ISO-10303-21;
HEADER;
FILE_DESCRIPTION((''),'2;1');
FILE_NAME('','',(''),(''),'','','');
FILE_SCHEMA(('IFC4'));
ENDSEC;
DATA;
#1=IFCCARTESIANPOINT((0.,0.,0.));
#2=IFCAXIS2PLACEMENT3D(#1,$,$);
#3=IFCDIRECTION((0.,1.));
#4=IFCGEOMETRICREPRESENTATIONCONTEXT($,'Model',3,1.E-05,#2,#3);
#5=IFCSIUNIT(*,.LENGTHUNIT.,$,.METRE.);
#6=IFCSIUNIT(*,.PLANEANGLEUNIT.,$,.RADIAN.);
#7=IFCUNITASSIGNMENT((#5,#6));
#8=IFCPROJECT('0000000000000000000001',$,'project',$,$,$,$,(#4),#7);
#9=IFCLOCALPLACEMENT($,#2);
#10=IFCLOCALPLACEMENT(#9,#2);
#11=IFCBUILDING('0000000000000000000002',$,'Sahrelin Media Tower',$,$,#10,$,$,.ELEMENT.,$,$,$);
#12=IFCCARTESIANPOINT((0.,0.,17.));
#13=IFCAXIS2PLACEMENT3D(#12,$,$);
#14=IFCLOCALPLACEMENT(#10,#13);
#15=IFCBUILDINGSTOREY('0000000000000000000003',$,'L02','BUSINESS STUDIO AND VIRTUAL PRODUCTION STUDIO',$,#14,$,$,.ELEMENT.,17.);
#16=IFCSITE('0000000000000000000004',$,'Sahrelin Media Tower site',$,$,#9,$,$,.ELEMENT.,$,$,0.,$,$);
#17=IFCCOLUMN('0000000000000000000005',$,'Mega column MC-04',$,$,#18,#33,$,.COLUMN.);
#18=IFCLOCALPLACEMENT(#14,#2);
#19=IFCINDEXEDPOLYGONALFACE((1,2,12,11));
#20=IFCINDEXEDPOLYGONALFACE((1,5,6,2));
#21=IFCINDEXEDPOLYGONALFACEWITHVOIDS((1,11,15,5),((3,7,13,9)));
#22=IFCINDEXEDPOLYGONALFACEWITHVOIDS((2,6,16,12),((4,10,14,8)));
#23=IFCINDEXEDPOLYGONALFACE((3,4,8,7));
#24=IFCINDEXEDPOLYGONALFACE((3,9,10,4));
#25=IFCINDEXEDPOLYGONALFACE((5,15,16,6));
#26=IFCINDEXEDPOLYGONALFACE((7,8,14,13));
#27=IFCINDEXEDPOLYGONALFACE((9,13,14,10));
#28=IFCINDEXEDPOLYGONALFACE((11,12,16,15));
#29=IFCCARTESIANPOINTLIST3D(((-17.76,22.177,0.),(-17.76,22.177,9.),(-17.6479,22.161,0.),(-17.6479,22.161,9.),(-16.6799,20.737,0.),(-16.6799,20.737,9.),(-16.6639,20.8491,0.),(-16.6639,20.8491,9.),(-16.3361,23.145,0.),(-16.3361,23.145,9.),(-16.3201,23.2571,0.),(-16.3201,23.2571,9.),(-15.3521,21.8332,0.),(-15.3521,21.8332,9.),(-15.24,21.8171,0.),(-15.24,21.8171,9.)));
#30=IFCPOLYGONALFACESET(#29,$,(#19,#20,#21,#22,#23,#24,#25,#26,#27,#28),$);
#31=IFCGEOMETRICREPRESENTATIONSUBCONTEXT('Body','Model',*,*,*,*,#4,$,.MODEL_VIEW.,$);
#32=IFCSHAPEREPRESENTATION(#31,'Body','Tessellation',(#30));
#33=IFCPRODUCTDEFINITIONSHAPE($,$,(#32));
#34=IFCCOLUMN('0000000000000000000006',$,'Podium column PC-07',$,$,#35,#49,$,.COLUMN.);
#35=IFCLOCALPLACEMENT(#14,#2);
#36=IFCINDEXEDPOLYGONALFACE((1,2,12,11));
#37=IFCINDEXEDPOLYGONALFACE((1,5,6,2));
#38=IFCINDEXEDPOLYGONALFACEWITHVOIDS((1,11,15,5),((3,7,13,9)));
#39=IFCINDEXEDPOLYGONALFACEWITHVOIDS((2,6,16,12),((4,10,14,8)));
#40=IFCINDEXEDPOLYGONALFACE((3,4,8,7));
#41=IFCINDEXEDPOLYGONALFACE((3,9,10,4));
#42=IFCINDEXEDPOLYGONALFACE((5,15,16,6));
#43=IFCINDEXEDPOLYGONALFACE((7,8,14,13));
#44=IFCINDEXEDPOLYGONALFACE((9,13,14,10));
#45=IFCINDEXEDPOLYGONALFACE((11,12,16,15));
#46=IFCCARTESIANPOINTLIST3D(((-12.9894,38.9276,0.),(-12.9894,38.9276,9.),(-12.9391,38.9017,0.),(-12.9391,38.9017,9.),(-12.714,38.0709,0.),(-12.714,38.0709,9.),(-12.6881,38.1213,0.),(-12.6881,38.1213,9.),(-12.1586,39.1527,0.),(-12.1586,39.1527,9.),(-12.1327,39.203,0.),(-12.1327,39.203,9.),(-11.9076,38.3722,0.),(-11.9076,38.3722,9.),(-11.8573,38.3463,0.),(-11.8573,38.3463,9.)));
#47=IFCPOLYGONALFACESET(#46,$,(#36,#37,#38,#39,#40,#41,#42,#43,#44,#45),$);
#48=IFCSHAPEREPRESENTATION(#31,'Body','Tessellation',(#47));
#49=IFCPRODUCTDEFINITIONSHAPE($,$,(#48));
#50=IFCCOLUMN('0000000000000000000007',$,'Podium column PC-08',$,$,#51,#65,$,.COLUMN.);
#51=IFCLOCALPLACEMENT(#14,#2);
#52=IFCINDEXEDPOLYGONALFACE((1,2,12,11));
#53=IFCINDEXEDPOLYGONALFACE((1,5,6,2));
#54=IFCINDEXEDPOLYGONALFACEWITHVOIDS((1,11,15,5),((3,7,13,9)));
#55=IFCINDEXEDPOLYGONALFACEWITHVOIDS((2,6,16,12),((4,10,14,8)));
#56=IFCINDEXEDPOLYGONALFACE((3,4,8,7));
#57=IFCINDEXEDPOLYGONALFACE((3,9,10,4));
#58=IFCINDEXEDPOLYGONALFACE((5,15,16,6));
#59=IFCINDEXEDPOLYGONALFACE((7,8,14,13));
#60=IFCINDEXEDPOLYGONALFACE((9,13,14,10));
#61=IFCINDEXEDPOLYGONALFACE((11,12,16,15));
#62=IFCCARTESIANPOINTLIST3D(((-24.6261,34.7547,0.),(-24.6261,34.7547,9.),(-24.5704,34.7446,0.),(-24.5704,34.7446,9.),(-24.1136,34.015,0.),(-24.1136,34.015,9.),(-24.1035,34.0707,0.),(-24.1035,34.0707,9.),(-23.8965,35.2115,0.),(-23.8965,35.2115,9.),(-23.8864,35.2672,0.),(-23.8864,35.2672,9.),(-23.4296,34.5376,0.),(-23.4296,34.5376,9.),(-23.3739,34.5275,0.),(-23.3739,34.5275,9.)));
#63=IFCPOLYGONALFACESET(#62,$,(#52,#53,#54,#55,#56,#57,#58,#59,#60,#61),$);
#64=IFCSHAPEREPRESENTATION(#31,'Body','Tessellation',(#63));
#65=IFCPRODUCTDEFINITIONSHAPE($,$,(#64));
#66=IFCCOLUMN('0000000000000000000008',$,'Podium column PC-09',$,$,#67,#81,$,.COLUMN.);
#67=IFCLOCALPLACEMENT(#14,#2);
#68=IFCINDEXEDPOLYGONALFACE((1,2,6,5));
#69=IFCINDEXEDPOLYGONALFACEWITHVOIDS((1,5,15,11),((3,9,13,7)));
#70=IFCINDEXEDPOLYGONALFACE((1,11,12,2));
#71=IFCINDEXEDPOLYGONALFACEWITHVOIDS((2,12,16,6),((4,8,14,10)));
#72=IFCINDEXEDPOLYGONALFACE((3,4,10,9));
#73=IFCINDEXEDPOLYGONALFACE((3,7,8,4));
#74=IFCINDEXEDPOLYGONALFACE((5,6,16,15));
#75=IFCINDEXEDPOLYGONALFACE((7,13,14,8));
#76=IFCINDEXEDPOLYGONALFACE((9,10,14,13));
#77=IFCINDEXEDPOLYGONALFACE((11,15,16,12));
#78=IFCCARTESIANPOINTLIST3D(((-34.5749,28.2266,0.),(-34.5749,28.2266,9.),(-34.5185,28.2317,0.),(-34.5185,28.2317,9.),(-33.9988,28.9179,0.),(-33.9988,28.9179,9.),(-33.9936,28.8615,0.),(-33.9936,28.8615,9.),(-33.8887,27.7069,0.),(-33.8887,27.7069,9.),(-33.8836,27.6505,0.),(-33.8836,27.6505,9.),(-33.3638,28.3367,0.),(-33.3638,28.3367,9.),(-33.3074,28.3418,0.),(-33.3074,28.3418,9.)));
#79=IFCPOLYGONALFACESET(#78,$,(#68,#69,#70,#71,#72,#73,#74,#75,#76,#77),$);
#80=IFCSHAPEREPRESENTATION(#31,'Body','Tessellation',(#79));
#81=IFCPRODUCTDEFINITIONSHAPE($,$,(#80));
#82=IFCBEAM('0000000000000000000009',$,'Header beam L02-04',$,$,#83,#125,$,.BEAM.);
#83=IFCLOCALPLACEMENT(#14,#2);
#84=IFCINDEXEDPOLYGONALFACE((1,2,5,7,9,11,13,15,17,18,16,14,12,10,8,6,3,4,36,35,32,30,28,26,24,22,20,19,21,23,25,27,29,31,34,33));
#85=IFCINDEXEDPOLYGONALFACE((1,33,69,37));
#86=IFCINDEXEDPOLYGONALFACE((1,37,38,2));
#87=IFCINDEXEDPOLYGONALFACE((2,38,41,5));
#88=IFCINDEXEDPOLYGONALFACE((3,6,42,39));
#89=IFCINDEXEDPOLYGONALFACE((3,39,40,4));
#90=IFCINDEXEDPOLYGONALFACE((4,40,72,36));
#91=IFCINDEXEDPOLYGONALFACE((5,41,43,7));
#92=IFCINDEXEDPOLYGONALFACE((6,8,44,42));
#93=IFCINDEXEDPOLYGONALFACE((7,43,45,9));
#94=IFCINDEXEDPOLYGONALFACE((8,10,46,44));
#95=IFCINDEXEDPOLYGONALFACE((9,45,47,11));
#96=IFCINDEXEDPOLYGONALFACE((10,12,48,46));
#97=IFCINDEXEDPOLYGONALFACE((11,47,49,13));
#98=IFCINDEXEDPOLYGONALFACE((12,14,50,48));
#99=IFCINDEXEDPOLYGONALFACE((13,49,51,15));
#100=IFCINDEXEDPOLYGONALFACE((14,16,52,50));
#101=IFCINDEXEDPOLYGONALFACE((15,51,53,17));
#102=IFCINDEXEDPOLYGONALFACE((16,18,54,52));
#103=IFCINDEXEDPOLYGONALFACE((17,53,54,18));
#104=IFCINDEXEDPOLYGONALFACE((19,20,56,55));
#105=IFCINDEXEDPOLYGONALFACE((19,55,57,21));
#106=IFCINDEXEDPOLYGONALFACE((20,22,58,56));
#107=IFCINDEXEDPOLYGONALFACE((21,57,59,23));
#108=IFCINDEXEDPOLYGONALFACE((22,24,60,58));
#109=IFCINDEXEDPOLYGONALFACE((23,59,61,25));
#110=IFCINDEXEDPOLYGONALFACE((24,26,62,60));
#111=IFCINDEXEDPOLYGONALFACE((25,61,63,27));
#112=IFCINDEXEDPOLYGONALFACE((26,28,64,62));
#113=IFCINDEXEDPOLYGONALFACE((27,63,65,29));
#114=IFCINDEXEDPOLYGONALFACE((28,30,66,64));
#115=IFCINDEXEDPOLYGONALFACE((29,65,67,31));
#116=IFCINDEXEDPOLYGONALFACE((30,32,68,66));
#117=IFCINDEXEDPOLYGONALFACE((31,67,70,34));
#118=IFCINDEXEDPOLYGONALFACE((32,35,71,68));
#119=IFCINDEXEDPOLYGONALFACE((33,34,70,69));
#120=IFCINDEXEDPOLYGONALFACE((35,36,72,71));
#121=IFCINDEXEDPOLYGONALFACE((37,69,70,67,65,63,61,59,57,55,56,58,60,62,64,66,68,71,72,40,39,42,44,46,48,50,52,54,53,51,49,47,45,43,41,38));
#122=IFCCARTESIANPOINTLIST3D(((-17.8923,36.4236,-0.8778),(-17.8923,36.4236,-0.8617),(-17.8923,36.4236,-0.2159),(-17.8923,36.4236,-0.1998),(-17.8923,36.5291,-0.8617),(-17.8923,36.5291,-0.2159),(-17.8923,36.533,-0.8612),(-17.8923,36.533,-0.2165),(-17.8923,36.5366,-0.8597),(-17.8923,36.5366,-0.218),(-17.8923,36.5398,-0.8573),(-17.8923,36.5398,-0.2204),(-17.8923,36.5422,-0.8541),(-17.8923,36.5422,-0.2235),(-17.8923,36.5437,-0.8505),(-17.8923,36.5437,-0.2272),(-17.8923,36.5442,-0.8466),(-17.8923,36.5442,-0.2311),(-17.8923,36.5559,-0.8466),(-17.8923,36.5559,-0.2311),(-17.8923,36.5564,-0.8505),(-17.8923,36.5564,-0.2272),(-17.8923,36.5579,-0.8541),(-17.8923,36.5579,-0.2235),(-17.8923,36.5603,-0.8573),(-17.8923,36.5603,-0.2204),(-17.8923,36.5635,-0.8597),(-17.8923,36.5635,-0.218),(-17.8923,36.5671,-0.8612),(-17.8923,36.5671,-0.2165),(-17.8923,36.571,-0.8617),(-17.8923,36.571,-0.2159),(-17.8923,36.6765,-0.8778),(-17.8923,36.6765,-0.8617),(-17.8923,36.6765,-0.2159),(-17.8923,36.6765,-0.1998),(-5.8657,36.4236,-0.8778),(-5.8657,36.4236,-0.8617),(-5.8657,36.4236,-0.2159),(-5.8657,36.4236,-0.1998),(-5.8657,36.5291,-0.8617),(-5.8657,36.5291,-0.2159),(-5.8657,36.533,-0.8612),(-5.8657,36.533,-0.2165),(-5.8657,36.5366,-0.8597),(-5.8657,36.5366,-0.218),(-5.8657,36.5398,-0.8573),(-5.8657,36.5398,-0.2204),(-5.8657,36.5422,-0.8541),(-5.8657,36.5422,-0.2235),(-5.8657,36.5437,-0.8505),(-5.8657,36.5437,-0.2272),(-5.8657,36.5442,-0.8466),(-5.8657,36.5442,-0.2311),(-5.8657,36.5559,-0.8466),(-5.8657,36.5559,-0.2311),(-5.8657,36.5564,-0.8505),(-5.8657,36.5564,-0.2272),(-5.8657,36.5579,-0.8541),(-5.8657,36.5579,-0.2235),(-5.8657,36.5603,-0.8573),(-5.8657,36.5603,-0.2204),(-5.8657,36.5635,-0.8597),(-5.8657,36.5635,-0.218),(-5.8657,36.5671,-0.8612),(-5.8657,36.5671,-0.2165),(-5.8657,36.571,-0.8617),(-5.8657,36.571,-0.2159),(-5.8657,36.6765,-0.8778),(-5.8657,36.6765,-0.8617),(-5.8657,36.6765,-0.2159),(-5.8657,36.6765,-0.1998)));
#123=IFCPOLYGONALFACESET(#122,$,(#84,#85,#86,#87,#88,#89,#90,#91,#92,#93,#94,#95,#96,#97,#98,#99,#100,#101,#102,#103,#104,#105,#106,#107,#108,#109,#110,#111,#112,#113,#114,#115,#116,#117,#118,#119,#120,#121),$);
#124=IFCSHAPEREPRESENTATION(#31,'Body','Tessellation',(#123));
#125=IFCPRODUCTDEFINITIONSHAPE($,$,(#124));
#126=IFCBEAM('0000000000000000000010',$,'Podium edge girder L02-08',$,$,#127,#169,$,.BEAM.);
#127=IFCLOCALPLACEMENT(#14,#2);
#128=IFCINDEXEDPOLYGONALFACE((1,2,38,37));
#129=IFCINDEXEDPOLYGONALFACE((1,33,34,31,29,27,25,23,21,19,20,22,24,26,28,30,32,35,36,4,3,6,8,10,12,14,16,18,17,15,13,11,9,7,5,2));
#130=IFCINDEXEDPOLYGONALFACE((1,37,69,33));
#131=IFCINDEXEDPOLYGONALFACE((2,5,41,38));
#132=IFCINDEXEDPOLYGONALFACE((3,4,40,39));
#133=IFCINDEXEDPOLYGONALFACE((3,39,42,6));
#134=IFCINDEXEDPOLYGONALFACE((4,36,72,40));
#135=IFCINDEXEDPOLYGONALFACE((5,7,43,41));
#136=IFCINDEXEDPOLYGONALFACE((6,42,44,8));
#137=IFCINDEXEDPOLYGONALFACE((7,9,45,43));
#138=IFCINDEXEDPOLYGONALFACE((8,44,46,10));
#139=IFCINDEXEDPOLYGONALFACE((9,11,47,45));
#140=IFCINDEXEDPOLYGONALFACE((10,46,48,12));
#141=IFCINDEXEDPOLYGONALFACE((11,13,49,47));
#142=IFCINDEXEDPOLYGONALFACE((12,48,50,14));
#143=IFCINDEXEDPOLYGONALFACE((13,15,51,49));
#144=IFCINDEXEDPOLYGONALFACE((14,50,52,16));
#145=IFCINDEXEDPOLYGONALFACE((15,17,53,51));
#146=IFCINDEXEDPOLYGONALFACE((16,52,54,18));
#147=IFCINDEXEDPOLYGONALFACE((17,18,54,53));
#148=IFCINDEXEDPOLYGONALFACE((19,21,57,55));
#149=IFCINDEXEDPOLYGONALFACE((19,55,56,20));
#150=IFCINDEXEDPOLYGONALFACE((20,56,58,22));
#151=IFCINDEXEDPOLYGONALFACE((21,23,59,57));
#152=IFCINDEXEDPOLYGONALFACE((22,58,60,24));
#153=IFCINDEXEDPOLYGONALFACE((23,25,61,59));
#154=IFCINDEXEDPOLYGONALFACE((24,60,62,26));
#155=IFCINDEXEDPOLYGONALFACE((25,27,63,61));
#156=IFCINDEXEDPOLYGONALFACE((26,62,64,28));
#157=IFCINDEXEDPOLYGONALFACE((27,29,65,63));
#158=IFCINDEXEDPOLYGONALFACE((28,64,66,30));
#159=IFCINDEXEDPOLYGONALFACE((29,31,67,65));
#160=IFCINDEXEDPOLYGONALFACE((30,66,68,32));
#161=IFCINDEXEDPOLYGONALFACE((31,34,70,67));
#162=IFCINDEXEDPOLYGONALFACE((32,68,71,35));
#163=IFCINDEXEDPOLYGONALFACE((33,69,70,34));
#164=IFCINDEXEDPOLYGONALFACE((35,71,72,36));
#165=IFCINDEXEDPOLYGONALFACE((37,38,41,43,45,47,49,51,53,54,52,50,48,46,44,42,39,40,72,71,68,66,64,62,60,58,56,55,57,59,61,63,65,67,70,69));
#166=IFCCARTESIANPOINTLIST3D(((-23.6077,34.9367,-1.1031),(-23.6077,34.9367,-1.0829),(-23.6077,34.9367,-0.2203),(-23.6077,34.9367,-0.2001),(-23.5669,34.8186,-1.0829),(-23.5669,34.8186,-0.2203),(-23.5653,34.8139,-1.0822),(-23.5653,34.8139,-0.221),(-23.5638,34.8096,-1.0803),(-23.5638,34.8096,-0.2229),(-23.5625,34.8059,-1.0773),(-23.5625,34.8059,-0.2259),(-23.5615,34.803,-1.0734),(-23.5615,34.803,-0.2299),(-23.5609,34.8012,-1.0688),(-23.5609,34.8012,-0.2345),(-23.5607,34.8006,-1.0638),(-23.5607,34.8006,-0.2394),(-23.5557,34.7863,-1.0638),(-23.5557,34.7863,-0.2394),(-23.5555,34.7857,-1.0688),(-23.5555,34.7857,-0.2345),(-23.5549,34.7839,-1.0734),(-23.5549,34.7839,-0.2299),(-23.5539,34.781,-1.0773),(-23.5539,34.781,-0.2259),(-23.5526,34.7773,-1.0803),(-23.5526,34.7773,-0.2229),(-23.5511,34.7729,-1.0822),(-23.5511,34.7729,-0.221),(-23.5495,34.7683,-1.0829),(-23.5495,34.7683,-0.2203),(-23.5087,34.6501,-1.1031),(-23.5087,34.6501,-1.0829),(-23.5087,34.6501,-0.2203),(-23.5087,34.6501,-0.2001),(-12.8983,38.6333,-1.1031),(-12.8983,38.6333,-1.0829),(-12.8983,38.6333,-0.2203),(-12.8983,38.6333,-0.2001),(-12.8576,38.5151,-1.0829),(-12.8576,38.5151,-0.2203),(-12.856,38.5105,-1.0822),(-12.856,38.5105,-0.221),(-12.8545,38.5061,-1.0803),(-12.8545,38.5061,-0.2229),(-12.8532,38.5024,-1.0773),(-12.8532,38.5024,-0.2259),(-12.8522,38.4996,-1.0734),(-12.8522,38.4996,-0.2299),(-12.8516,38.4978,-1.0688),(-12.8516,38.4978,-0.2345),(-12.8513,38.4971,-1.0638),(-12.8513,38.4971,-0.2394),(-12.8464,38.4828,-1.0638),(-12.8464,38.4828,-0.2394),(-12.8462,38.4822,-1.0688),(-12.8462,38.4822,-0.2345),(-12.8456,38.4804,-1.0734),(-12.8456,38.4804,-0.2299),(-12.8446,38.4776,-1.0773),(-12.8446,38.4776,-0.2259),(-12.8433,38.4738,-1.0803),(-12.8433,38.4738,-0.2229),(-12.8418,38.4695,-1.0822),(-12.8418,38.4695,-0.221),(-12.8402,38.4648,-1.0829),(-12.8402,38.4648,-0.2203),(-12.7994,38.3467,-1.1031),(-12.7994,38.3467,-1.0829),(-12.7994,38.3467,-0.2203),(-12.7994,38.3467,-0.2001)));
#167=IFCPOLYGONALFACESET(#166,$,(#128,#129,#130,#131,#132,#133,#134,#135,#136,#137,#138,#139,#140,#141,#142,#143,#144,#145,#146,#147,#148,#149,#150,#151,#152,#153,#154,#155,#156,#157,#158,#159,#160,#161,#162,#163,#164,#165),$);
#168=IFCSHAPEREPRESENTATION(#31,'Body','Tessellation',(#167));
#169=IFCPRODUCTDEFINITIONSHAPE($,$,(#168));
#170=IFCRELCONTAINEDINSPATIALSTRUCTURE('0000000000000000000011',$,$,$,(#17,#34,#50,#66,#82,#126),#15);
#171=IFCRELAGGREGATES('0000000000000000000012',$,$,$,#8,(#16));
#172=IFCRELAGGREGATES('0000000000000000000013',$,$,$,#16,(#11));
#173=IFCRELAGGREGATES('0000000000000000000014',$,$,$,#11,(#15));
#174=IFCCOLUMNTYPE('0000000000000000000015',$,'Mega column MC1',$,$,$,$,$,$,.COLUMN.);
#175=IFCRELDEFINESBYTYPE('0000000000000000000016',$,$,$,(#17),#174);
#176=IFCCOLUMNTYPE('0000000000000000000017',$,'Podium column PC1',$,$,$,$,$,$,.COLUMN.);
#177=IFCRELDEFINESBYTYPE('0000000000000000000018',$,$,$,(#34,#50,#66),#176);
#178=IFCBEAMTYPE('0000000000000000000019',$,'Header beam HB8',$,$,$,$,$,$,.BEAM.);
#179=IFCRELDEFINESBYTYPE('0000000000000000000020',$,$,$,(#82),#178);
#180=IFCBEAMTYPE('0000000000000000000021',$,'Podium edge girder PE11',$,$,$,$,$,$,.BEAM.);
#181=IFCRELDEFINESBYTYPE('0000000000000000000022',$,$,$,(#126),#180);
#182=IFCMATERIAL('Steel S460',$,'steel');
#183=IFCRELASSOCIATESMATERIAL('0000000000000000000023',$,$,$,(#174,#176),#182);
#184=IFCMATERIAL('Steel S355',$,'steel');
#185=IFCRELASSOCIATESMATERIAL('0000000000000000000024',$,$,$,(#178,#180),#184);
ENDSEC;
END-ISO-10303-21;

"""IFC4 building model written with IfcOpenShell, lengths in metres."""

from ifc_helpers import new_model, si_unit, direction, frame, origin, origin_2d, place, context, subcontext, project, spatial, hollow_rectangle, i_section, extrude, material, material_profile, profile_set, type_object, element, save


model = new_model("IFC4")

# Units and contexts
model_context = context("Model", 3, precision=1e-05, world=origin(), true_north=direction((0.0, 1.0)))
body_context = subcontext(model_context, "Body", "Model", "MODEL_VIEW")
ifc_project = project(units=[si_unit("LENGTHUNIT", "METRE"), si_unit("PLANEANGLEUNIT", "RADIAN")], contexts=[model_context])

# Site, building, storey
site_placement = place(None, origin())
site = spatial("IfcSite", under=ifc_project, at=site_placement, Name="Sahrelin Media Tower site", CompositionType="ELEMENT", RefElevation=0.0)
building_placement = place(site_placement, origin())
building = spatial("IfcBuilding", under=site, at=building_placement, Name="Sahrelin Media Tower", CompositionType="ELEMENT")
storey_placement = place(building_placement, frame((0.0, 0.0, 17.0)))
storey = spatial("IfcBuildingStorey", under=building, at=storey_placement, Name="L02", Description="BUSINESS STUDIO AND VIRTUAL PRODUCTION STUDIO", CompositionType="ELEMENT", Elevation=17.0)

# Columns
ifc_material_1 = material(Name="Steel S460", Category="steel")
ifc_material_profile_1 = material_profile(ifc_material_1, hollow_rectangle(XDim=1.8, YDim=1.8, WallThickness=0.0801, at=origin_2d()), Name="Mega column MC1")
ifc_profile_set_1 = profile_set([ifc_material_profile_1], Name="Steel S460")
column_type_1 = type_object("IfcColumnType", Name="Mega column MC1", PredefinedType="COLUMN", material=ifc_profile_set_1)
column_placement = place(storey_placement, frame((-16.5, 21.9971, 0.0), z_axis=(0.0, 0.0, 1.0), x_axis=(-0.600052, 0.799961, 0.0)))
element("IfcColumn", 1, at=column_placement, inside=storey, type_object=column_type_1, Name="Mega column MC-04", PredefinedType="COLUMN", context=body_context, shape_type="SweptSolid", body=[
    extrude(hollow_rectangle(XDim=1.8, YDim=1.8, WallThickness=0.0801, at=origin_2d()), origin(), (0.0, 0.0, 1.0), 9.0),
])
ifc_material_profile_2 = material_profile(ifc_material_1, hollow_rectangle(XDim=0.8999, YDim=0.8999, WallThickness=0.04, at=origin_2d()), Name="Podium column PC1")
ifc_profile_set_2 = profile_set([ifc_material_profile_2], Name="Steel S460")
column_type_2 = type_object("IfcColumnType", Name="Podium column PC1", PredefinedType="COLUMN", material=ifc_profile_set_2)
for number, where, z_axis, x_axis, name in (
    (2, (-12.4233, 38.637, 0.0), (0.0, 0.0, 1.0), (-0.306104, 0.951998, 0.0), "Podium column PC-07"),
    (3, (-24.0, 34.6411, 0.0), (0.0, 0.0, 1.0), (-0.569495, 0.821995, 0.0), "Podium column PC-08"),
    (4, (-33.9412, 28.2842, 0.0), (0.0, 0.0, 1.0), (-0.768221, 0.640185, 0.0), "Podium column PC-09"),
):
    element("IfcColumn", number, at=place(storey_placement, frame(where, z_axis=z_axis, x_axis=x_axis)), inside=storey, type_object=column_type_2, Name=name, PredefinedType="COLUMN", context=body_context, shape_type="SweptSolid", body=[
        extrude(hollow_rectangle(XDim=0.8999, YDim=0.8999, WallThickness=0.04, at=origin_2d()), origin(), (0.0, 0.0, 1.0), 9.0),
    ])

# Beams
ifc_material_2 = material(Name="Steel S355", Category="steel")
ifc_material_profile_3 = material_profile(ifc_material_2, i_section(OverallWidth=0.2529, OverallDepth=0.678, WebThickness=0.0117, FlangeThickness=0.0161, FilletRadius=0.0151, at=origin_2d()), Name="UB 686x254x125")
ifc_profile_set_3 = profile_set([ifc_material_profile_3], Name="Steel S355")
beam_type_1 = type_object("IfcBeamType", Name="Header beam HB8", PredefinedType="BEAM", material=ifc_profile_set_3)
beam_1_placement = place(storey_placement, frame((-17.8923, 36.55, -0.5388), z_axis=(1.0, 0.0, 0.0), x_axis=(0.0, 1.0, 0.0)))
element("IfcBeam", 5, at=beam_1_placement, inside=storey, type_object=beam_type_1, Name="Header beam L02-04", PredefinedType="BEAM", context=body_context, shape_type="SweptSolid", body=[
    extrude(i_section(OverallWidth=0.2529, OverallDepth=0.678, WebThickness=0.0117, FlangeThickness=0.0161, FilletRadius=0.0151, at=origin_2d()), origin(), (0.0, 0.0, 1.0), 12.0266),
])
ifc_material_profile_4 = material_profile(ifc_material_2, i_section(OverallWidth=0.3032, OverallDepth=0.9031, WebThickness=0.0151, FlangeThickness=0.0203, FilletRadius=0.019, at=origin_2d()), Name="UB 914x305x201")
ifc_profile_set_4 = profile_set([ifc_material_profile_4], Name="Steel S355")
beam_type_2 = type_object("IfcBeamType", Name="Podium edge girder PE11", PredefinedType="BEAM", material=ifc_profile_set_4)
beam_2_placement = place(storey_placement, frame((-12.8489, 38.49, -0.6516), z_axis=(-0.945272, -0.326282, 0.0), x_axis=(0.326282, -0.945272, 0.0)))
element("IfcBeam", 6, at=beam_2_placement, inside=storey, type_object=beam_type_2, Name="Podium edge girder L02-08", PredefinedType="BEAM", context=body_context, shape_type="SweptSolid", body=[
    extrude(i_section(OverallWidth=0.3032, OverallDepth=0.9031, WebThickness=0.0151, FlangeThickness=0.0203, FilletRadius=0.019, at=origin_2d()), origin(), (0.0, 0.0, 1.0), 11.3293),
])

save(model, "model.ifc")
